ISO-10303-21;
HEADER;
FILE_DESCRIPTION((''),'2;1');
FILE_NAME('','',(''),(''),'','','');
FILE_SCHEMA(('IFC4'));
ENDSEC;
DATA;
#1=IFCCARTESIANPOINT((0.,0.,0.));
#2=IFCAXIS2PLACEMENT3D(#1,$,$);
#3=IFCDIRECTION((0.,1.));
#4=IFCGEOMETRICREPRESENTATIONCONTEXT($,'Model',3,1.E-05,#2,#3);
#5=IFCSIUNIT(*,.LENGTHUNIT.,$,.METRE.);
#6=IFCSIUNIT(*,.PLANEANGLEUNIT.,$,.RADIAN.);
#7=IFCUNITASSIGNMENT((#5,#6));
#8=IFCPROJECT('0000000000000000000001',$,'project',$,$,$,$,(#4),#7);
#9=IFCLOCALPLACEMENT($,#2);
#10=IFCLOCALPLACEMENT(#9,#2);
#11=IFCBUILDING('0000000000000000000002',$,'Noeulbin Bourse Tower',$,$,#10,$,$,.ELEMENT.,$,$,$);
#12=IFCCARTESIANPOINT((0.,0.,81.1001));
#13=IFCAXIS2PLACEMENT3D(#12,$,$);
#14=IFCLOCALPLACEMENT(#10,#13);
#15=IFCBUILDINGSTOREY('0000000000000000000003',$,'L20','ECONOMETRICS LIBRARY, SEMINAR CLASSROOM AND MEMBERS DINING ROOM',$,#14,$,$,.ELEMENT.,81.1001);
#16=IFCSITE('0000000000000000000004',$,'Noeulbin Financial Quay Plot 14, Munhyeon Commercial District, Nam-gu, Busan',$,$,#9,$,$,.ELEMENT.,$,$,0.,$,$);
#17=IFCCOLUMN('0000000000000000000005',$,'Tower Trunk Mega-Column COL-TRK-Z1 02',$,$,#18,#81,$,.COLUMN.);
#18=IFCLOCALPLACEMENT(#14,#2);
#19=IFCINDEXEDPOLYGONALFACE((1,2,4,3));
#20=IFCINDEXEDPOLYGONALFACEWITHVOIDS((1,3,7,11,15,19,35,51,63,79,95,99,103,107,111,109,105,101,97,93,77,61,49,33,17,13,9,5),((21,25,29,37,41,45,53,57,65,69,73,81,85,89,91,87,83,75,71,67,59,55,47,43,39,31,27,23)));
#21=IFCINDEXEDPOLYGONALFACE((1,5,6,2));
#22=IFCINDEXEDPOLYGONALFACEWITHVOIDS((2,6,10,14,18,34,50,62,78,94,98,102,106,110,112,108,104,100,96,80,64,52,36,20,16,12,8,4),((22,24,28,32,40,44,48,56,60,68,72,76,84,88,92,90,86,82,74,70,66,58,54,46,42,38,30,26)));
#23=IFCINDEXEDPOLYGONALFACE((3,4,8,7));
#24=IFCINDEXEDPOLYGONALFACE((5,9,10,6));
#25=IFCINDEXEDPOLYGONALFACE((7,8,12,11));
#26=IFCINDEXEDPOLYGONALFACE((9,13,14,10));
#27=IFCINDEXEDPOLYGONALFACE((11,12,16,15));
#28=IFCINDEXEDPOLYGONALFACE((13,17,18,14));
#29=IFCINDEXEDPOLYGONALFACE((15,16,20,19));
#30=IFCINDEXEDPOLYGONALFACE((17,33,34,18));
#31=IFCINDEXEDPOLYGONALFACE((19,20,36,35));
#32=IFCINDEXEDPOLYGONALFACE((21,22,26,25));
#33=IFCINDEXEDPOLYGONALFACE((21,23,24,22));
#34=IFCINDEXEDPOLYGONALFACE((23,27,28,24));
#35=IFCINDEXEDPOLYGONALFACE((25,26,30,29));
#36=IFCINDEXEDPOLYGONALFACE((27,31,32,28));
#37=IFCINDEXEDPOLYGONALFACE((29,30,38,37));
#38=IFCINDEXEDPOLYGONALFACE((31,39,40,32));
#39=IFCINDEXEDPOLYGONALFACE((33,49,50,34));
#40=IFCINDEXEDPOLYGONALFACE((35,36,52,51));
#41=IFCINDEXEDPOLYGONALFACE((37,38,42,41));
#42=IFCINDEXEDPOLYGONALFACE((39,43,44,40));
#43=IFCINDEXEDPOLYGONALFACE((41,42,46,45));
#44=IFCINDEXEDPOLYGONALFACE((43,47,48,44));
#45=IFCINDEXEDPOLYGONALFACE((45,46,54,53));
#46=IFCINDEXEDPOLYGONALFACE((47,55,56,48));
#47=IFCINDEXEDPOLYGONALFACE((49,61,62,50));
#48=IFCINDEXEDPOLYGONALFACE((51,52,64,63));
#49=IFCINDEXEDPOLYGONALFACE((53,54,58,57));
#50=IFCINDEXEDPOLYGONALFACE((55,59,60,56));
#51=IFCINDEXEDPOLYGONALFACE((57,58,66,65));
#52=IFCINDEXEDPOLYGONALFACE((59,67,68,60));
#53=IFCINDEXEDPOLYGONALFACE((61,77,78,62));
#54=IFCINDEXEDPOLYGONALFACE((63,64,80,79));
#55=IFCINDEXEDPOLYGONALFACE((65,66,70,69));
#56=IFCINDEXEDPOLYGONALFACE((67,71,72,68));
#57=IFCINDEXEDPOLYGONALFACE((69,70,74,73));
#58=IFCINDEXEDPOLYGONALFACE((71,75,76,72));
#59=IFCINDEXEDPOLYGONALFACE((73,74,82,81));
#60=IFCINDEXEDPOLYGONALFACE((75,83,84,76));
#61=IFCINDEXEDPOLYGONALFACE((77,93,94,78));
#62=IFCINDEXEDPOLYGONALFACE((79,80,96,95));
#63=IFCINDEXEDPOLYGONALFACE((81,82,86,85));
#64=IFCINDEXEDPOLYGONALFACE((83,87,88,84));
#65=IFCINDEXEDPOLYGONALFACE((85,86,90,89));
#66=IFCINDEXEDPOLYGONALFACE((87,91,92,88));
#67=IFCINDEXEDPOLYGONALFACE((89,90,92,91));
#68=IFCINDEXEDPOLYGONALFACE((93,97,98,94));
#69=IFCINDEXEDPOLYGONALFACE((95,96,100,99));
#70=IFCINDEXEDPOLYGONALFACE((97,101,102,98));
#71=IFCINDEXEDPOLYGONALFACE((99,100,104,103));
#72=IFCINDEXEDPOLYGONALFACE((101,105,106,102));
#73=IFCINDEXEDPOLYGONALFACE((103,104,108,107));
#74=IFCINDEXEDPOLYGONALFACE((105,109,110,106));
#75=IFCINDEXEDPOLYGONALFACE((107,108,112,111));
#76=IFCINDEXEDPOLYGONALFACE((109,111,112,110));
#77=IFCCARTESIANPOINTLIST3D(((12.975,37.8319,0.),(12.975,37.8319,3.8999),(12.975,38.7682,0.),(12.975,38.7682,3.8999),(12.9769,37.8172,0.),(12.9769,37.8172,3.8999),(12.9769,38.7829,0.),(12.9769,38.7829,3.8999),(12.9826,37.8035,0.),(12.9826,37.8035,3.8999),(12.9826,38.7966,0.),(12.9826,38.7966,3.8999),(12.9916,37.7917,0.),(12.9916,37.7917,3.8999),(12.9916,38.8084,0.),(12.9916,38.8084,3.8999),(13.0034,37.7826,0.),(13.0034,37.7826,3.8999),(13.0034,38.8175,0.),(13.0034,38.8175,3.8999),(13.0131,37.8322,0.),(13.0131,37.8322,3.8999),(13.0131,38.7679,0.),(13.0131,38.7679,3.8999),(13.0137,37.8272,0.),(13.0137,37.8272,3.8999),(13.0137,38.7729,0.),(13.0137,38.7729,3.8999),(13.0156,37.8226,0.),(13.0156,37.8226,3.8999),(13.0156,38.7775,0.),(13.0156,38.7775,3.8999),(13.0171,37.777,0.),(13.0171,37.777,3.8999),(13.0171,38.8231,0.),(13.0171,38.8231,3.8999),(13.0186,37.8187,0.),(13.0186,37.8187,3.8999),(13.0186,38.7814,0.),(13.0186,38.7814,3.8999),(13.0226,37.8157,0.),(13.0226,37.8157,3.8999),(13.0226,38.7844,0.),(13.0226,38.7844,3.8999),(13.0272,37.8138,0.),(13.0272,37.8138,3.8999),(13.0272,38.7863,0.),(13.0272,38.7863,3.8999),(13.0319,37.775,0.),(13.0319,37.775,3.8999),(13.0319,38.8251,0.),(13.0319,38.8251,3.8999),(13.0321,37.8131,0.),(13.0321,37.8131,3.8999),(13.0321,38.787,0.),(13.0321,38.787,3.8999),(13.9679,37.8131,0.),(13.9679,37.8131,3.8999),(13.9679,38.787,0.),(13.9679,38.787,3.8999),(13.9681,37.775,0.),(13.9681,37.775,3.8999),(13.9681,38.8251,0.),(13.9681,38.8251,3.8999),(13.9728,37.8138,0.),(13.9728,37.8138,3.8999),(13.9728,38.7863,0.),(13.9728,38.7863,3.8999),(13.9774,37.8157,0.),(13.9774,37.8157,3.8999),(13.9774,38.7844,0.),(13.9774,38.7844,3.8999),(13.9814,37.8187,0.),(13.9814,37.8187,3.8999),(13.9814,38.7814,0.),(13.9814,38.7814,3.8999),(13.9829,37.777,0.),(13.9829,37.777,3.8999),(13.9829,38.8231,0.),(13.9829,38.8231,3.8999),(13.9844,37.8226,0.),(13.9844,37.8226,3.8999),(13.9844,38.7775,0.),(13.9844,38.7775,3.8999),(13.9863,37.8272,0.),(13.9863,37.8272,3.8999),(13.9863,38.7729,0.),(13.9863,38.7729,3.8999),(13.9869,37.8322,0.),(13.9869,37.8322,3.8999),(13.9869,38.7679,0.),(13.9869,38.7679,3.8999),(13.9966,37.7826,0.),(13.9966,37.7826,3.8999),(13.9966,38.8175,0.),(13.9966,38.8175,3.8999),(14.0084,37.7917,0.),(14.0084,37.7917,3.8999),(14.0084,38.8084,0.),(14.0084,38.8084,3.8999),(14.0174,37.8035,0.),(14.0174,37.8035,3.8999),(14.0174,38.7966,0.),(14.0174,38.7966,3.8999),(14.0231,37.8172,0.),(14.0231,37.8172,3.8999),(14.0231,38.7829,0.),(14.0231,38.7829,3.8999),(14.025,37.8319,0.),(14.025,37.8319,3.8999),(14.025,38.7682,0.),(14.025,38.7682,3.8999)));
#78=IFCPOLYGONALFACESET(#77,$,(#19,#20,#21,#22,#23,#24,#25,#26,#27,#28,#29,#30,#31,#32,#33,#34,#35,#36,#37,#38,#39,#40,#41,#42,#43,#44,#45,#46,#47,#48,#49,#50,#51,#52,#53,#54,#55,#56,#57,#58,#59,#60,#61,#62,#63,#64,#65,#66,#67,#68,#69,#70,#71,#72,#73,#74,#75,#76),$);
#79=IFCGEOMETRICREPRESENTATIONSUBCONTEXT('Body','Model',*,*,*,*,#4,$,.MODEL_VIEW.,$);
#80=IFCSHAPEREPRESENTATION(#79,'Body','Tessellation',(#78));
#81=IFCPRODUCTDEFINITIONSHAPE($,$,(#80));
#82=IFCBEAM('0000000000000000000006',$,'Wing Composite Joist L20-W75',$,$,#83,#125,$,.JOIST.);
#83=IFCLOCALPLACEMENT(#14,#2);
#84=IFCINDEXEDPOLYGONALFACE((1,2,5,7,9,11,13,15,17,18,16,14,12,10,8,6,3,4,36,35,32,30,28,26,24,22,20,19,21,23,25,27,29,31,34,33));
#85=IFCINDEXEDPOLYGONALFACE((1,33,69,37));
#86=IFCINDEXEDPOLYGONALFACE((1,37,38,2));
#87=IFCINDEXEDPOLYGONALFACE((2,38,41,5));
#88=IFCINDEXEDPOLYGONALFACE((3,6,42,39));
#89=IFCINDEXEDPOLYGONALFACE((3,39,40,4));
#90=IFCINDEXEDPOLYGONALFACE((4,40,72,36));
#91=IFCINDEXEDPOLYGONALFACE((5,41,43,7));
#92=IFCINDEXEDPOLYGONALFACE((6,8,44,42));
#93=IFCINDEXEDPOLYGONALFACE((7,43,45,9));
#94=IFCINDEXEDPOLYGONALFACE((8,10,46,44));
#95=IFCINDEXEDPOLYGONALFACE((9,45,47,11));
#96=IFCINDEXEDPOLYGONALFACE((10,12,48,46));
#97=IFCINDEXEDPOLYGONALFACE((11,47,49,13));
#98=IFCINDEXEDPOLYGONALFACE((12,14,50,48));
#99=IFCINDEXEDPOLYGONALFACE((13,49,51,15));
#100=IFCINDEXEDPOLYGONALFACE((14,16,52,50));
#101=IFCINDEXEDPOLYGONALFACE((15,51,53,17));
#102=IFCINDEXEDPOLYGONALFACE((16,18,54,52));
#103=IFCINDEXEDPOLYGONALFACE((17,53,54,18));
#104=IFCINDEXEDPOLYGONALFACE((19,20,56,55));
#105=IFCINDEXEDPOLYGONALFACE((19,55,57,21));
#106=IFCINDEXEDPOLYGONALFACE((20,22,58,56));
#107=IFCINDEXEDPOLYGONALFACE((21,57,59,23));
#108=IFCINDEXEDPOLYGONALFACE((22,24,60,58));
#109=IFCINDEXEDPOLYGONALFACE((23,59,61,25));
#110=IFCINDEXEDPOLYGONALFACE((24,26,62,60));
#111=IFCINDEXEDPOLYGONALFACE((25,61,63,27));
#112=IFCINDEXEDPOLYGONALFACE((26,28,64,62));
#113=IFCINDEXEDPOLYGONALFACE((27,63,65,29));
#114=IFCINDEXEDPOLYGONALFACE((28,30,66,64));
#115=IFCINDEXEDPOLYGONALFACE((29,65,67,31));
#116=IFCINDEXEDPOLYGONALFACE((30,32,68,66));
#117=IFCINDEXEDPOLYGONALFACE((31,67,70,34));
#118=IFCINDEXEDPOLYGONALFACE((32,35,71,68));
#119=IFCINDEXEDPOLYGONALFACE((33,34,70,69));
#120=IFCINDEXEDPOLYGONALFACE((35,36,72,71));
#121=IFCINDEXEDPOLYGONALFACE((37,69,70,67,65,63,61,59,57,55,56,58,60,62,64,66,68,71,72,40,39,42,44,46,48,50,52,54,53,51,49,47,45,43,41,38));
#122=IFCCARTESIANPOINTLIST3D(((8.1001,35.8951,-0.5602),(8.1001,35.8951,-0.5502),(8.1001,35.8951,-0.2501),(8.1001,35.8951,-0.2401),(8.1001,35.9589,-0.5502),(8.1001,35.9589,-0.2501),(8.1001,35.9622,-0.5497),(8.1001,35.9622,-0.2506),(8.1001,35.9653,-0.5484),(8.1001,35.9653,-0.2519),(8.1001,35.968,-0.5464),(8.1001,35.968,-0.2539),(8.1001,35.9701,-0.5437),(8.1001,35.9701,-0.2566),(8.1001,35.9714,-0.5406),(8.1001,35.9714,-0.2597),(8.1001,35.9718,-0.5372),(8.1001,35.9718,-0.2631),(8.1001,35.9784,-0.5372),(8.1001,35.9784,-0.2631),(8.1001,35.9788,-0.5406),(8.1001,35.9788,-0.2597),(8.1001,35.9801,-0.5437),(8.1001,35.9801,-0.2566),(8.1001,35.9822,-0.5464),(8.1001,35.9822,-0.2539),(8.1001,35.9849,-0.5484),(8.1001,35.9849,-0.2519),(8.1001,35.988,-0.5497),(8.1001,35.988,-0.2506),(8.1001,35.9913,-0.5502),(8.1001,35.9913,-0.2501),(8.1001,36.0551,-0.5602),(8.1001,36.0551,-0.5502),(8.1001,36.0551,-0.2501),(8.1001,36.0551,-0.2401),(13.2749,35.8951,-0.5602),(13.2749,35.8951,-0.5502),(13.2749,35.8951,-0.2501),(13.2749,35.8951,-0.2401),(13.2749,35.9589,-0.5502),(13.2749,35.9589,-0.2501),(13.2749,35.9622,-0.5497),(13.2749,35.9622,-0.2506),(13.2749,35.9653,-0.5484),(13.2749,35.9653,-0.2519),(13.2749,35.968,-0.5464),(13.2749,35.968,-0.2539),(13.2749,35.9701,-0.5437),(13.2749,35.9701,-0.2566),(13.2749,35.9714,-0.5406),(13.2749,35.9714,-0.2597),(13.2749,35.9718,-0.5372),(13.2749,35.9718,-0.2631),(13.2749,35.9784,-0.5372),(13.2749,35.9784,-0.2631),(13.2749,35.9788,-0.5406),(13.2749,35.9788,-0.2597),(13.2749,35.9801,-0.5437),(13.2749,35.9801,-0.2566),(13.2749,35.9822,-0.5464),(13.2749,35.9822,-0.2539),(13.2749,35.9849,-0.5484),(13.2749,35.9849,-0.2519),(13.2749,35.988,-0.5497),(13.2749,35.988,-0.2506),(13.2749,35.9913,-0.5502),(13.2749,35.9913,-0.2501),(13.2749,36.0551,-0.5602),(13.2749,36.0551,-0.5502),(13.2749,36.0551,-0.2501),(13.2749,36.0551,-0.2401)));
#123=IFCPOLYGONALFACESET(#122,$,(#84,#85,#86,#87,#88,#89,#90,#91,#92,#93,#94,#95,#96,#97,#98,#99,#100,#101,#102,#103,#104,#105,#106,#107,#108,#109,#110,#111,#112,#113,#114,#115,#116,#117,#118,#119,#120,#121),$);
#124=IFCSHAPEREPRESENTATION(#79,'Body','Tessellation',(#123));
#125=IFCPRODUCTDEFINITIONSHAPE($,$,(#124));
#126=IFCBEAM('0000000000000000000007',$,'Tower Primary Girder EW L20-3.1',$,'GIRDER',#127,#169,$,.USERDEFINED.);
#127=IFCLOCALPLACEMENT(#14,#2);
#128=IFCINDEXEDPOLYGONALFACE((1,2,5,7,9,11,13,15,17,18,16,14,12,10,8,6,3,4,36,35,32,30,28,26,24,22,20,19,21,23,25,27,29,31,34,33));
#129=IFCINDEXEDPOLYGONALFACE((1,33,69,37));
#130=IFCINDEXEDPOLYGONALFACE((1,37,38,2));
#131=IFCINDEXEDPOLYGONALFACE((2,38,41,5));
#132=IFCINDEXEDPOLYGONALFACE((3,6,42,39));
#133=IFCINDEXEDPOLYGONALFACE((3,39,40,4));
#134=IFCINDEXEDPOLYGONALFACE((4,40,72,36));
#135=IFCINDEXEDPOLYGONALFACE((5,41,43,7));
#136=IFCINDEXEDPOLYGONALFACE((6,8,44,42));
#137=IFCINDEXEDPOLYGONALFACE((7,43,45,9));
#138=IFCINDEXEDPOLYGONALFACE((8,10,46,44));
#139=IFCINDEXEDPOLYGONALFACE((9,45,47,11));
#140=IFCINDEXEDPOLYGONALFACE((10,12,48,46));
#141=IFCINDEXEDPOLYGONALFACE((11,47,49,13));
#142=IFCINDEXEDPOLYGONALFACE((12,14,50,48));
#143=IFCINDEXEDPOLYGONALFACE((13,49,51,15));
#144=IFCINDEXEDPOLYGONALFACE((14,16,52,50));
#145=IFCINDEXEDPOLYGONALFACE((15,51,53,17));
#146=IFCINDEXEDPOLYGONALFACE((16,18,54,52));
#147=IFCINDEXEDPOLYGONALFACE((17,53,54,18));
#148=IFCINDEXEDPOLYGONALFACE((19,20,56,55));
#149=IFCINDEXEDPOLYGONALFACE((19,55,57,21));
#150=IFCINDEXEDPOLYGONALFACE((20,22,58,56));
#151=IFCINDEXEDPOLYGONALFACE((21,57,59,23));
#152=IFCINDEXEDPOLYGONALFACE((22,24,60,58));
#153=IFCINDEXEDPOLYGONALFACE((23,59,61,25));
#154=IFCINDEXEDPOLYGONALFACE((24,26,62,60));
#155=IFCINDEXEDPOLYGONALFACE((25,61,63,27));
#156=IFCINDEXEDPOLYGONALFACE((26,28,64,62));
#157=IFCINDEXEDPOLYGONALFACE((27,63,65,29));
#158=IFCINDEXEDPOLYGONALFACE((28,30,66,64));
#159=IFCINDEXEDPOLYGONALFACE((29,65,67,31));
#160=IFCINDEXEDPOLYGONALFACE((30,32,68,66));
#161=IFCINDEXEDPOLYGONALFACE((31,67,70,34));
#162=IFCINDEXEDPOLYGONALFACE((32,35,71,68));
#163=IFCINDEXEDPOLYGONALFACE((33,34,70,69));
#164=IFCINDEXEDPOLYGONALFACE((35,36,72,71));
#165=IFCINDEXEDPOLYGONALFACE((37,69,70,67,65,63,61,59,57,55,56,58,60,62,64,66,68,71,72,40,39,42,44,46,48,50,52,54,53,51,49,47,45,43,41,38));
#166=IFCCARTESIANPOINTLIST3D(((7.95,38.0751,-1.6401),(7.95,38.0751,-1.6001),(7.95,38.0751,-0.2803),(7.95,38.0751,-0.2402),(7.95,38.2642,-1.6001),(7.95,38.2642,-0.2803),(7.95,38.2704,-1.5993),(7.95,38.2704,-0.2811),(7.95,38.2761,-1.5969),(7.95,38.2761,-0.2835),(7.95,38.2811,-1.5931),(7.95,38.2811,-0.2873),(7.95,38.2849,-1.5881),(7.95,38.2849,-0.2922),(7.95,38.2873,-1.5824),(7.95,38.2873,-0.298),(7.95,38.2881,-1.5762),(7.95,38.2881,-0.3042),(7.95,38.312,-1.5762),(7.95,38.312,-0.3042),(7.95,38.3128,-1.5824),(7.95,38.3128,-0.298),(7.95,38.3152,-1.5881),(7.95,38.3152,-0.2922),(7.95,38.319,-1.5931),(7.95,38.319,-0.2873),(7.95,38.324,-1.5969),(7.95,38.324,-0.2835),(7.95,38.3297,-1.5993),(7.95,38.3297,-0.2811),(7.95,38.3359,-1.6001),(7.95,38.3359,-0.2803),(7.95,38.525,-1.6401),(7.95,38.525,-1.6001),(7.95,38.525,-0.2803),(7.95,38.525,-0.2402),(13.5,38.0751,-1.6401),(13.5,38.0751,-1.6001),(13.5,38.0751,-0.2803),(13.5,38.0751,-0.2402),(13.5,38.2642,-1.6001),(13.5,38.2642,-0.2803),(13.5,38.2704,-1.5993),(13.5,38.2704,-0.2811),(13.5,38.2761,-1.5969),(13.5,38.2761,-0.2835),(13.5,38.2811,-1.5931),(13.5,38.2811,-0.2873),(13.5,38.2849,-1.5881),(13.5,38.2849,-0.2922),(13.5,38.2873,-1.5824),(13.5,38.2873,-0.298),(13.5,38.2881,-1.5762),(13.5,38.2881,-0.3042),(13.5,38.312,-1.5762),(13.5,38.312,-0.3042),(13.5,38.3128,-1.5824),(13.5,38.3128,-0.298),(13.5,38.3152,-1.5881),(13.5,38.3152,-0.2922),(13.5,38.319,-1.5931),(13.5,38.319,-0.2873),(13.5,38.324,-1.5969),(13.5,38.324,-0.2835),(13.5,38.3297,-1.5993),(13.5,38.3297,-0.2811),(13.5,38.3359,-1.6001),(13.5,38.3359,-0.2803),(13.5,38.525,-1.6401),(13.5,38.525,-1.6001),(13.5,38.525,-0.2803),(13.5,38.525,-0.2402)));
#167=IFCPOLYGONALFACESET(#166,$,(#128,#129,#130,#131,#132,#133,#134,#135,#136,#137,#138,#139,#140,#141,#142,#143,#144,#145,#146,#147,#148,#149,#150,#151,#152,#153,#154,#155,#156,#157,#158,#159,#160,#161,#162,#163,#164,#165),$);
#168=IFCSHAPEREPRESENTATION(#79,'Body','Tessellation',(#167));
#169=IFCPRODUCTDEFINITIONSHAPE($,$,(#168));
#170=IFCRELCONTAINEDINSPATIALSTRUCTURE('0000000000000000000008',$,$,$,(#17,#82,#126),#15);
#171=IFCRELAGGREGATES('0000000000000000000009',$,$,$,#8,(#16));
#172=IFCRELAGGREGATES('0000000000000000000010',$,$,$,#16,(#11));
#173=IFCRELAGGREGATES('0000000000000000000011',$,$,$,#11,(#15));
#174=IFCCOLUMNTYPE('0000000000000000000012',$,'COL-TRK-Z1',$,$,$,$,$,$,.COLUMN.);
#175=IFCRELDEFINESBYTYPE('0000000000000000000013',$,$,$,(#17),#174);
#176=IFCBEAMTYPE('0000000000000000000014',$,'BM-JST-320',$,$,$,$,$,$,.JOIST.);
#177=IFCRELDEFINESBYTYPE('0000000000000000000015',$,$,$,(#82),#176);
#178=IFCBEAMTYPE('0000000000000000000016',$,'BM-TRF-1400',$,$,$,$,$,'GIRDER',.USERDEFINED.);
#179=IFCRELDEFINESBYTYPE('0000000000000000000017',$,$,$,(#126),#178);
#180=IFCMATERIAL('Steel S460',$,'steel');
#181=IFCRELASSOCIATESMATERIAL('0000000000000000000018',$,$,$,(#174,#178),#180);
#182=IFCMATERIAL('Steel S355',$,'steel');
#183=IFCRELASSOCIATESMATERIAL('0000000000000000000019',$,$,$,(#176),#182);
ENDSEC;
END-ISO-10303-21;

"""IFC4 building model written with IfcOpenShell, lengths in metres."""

from ifc_helpers import new_model, si_unit, direction, frame, origin, origin_2d, place, context, subcontext, project, spatial, hollow_rectangle, i_section, extrude, material, material_profile, profile_set, type_object, element, save


model = new_model("IFC4")

# Units and contexts
model_context = context("Model", 3, precision=1e-05, world=origin(), true_north=direction((0.0, 1.0)))
body_context = subcontext(model_context, "Body", "Model", "MODEL_VIEW")
ifc_project = project(units=[si_unit("LENGTHUNIT", "METRE"), si_unit("PLANEANGLEUNIT", "RADIAN")], contexts=[model_context])

# Site, building, storey
site_placement = place(None, origin())
site = spatial("IfcSite", under=ifc_project, at=site_placement, Name="Noeulbin Financial Quay Plot 14, Munhyeon Commercial District, Nam-gu, Busan", CompositionType="ELEMENT", RefElevation=0.0)
building_placement = place(site_placement, origin())
building = spatial("IfcBuilding", under=site, at=building_placement, Name="Noeulbin Bourse Tower", CompositionType="ELEMENT")
storey_placement = place(building_placement, frame((0.0, 0.0, 81.1001)))
storey = spatial("IfcBuildingStorey", under=building, at=storey_placement, Name="L20", Description="ECONOMETRICS LIBRARY, SEMINAR CLASSROOM AND MEMBERS DINING ROOM", CompositionType="ELEMENT", Elevation=81.1001)

# Column
ifc_material_1 = material(Name="Steel S460", Category="steel")
ifc_material_profile_1 = material_profile(ifc_material_1, hollow_rectangle(XDim=1.05, YDim=1.05, WallThickness=0.0381, InnerFilletRadius=0.019, OuterFilletRadius=0.0569, at=origin_2d()), Name="BOX-1050x1050x38", Category="LoadBearing")
ifc_profile_set_1 = profile_set([ifc_material_profile_1], Name="Steel S460")
column_type_1 = type_object("IfcColumnType", Name="COL-TRK-Z1", PredefinedType="COLUMN", material=ifc_profile_set_1)
column_placement = place(storey_placement, frame((13.5, 38.3, 0.0), z_axis=(0.0, 0.0, 1.0), x_axis=(1.0, 0.0, 0.0)))
element("IfcColumn", 1, at=column_placement, inside=storey, type_object=column_type_1, Name="Tower Trunk Mega-Column COL-TRK-Z1 02", PredefinedType="COLUMN", context=body_context, shape_type="SweptSolid", body=[
    extrude(hollow_rectangle(XDim=1.05, YDim=1.05, WallThickness=0.0381, InnerFilletRadius=0.019, OuterFilletRadius=0.0569, at=origin_2d()), origin(), (0.0, 0.0, 1.0), 3.8999),
])

# Beams
ifc_material_2 = material(Name="Steel S355", Category="steel")
ifc_material_profile_2 = material_profile(ifc_material_2, i_section(OverallWidth=0.1599, OverallDepth=0.3201, WebThickness=0.0066, FlangeThickness=0.01, FilletRadius=0.0129, at=origin_2d()), Name="H-320x160x6.5x10", Category="LoadBearing")
ifc_profile_set_2 = profile_set([ifc_material_profile_2], Name="Steel S355")
beam_type_1 = type_object("IfcBeamType", Name="BM-JST-320", PredefinedType="JOIST", material=ifc_profile_set_2)
beam_1_placement = place(storey_placement, frame((8.1001, 35.9751, -0.4001), z_axis=(1.0, 0.0, 0.0), x_axis=(0.0, 1.0, 0.0)))
element("IfcBeam", 2, at=beam_1_placement, inside=storey, type_object=beam_type_1, Name="Wing Composite Joist L20-W75", PredefinedType="JOIST", context=body_context, shape_type="SweptSolid", body=[
    extrude(i_section(OverallWidth=0.1599, OverallDepth=0.3201, WebThickness=0.0066, FlangeThickness=0.01, FilletRadius=0.0129, at=origin_2d()), origin(), (0.0, 0.0, 1.0), 5.1748),
])
ifc_material_profile_3 = material_profile(ifc_material_1, i_section(OverallWidth=0.45, OverallDepth=1.3999, WebThickness=0.0239, FlangeThickness=0.04, FilletRadius=0.0239, at=origin_2d()), Name="PG-1400x450x24x40", Category="LoadBearing")
ifc_profile_set_3 = profile_set([ifc_material_profile_3], Name="Steel S460")
beam_type_2 = type_object("IfcBeamType", Name="BM-TRF-1400", ElementType="GIRDER", PredefinedType="USERDEFINED", material=ifc_profile_set_3)
beam_2_placement = place(storey_placement, frame((7.95, 38.3, -0.9402), z_axis=(1.0, 0.0, 0.0), x_axis=(0.0, 1.0, 0.0)))
element("IfcBeam", 3, at=beam_2_placement, inside=storey, type_object=beam_type_2, Name="Tower Primary Girder EW L20-3.1", ObjectType="GIRDER", PredefinedType="USERDEFINED", context=body_context, shape_type="SweptSolid", body=[
    extrude(i_section(OverallWidth=0.45, OverallDepth=1.3999, WebThickness=0.0239, FlangeThickness=0.04, FilletRadius=0.0239, at=origin_2d()), origin(), (0.0, 0.0, 1.0), 5.55),
])

save(model, "model.ifc")
